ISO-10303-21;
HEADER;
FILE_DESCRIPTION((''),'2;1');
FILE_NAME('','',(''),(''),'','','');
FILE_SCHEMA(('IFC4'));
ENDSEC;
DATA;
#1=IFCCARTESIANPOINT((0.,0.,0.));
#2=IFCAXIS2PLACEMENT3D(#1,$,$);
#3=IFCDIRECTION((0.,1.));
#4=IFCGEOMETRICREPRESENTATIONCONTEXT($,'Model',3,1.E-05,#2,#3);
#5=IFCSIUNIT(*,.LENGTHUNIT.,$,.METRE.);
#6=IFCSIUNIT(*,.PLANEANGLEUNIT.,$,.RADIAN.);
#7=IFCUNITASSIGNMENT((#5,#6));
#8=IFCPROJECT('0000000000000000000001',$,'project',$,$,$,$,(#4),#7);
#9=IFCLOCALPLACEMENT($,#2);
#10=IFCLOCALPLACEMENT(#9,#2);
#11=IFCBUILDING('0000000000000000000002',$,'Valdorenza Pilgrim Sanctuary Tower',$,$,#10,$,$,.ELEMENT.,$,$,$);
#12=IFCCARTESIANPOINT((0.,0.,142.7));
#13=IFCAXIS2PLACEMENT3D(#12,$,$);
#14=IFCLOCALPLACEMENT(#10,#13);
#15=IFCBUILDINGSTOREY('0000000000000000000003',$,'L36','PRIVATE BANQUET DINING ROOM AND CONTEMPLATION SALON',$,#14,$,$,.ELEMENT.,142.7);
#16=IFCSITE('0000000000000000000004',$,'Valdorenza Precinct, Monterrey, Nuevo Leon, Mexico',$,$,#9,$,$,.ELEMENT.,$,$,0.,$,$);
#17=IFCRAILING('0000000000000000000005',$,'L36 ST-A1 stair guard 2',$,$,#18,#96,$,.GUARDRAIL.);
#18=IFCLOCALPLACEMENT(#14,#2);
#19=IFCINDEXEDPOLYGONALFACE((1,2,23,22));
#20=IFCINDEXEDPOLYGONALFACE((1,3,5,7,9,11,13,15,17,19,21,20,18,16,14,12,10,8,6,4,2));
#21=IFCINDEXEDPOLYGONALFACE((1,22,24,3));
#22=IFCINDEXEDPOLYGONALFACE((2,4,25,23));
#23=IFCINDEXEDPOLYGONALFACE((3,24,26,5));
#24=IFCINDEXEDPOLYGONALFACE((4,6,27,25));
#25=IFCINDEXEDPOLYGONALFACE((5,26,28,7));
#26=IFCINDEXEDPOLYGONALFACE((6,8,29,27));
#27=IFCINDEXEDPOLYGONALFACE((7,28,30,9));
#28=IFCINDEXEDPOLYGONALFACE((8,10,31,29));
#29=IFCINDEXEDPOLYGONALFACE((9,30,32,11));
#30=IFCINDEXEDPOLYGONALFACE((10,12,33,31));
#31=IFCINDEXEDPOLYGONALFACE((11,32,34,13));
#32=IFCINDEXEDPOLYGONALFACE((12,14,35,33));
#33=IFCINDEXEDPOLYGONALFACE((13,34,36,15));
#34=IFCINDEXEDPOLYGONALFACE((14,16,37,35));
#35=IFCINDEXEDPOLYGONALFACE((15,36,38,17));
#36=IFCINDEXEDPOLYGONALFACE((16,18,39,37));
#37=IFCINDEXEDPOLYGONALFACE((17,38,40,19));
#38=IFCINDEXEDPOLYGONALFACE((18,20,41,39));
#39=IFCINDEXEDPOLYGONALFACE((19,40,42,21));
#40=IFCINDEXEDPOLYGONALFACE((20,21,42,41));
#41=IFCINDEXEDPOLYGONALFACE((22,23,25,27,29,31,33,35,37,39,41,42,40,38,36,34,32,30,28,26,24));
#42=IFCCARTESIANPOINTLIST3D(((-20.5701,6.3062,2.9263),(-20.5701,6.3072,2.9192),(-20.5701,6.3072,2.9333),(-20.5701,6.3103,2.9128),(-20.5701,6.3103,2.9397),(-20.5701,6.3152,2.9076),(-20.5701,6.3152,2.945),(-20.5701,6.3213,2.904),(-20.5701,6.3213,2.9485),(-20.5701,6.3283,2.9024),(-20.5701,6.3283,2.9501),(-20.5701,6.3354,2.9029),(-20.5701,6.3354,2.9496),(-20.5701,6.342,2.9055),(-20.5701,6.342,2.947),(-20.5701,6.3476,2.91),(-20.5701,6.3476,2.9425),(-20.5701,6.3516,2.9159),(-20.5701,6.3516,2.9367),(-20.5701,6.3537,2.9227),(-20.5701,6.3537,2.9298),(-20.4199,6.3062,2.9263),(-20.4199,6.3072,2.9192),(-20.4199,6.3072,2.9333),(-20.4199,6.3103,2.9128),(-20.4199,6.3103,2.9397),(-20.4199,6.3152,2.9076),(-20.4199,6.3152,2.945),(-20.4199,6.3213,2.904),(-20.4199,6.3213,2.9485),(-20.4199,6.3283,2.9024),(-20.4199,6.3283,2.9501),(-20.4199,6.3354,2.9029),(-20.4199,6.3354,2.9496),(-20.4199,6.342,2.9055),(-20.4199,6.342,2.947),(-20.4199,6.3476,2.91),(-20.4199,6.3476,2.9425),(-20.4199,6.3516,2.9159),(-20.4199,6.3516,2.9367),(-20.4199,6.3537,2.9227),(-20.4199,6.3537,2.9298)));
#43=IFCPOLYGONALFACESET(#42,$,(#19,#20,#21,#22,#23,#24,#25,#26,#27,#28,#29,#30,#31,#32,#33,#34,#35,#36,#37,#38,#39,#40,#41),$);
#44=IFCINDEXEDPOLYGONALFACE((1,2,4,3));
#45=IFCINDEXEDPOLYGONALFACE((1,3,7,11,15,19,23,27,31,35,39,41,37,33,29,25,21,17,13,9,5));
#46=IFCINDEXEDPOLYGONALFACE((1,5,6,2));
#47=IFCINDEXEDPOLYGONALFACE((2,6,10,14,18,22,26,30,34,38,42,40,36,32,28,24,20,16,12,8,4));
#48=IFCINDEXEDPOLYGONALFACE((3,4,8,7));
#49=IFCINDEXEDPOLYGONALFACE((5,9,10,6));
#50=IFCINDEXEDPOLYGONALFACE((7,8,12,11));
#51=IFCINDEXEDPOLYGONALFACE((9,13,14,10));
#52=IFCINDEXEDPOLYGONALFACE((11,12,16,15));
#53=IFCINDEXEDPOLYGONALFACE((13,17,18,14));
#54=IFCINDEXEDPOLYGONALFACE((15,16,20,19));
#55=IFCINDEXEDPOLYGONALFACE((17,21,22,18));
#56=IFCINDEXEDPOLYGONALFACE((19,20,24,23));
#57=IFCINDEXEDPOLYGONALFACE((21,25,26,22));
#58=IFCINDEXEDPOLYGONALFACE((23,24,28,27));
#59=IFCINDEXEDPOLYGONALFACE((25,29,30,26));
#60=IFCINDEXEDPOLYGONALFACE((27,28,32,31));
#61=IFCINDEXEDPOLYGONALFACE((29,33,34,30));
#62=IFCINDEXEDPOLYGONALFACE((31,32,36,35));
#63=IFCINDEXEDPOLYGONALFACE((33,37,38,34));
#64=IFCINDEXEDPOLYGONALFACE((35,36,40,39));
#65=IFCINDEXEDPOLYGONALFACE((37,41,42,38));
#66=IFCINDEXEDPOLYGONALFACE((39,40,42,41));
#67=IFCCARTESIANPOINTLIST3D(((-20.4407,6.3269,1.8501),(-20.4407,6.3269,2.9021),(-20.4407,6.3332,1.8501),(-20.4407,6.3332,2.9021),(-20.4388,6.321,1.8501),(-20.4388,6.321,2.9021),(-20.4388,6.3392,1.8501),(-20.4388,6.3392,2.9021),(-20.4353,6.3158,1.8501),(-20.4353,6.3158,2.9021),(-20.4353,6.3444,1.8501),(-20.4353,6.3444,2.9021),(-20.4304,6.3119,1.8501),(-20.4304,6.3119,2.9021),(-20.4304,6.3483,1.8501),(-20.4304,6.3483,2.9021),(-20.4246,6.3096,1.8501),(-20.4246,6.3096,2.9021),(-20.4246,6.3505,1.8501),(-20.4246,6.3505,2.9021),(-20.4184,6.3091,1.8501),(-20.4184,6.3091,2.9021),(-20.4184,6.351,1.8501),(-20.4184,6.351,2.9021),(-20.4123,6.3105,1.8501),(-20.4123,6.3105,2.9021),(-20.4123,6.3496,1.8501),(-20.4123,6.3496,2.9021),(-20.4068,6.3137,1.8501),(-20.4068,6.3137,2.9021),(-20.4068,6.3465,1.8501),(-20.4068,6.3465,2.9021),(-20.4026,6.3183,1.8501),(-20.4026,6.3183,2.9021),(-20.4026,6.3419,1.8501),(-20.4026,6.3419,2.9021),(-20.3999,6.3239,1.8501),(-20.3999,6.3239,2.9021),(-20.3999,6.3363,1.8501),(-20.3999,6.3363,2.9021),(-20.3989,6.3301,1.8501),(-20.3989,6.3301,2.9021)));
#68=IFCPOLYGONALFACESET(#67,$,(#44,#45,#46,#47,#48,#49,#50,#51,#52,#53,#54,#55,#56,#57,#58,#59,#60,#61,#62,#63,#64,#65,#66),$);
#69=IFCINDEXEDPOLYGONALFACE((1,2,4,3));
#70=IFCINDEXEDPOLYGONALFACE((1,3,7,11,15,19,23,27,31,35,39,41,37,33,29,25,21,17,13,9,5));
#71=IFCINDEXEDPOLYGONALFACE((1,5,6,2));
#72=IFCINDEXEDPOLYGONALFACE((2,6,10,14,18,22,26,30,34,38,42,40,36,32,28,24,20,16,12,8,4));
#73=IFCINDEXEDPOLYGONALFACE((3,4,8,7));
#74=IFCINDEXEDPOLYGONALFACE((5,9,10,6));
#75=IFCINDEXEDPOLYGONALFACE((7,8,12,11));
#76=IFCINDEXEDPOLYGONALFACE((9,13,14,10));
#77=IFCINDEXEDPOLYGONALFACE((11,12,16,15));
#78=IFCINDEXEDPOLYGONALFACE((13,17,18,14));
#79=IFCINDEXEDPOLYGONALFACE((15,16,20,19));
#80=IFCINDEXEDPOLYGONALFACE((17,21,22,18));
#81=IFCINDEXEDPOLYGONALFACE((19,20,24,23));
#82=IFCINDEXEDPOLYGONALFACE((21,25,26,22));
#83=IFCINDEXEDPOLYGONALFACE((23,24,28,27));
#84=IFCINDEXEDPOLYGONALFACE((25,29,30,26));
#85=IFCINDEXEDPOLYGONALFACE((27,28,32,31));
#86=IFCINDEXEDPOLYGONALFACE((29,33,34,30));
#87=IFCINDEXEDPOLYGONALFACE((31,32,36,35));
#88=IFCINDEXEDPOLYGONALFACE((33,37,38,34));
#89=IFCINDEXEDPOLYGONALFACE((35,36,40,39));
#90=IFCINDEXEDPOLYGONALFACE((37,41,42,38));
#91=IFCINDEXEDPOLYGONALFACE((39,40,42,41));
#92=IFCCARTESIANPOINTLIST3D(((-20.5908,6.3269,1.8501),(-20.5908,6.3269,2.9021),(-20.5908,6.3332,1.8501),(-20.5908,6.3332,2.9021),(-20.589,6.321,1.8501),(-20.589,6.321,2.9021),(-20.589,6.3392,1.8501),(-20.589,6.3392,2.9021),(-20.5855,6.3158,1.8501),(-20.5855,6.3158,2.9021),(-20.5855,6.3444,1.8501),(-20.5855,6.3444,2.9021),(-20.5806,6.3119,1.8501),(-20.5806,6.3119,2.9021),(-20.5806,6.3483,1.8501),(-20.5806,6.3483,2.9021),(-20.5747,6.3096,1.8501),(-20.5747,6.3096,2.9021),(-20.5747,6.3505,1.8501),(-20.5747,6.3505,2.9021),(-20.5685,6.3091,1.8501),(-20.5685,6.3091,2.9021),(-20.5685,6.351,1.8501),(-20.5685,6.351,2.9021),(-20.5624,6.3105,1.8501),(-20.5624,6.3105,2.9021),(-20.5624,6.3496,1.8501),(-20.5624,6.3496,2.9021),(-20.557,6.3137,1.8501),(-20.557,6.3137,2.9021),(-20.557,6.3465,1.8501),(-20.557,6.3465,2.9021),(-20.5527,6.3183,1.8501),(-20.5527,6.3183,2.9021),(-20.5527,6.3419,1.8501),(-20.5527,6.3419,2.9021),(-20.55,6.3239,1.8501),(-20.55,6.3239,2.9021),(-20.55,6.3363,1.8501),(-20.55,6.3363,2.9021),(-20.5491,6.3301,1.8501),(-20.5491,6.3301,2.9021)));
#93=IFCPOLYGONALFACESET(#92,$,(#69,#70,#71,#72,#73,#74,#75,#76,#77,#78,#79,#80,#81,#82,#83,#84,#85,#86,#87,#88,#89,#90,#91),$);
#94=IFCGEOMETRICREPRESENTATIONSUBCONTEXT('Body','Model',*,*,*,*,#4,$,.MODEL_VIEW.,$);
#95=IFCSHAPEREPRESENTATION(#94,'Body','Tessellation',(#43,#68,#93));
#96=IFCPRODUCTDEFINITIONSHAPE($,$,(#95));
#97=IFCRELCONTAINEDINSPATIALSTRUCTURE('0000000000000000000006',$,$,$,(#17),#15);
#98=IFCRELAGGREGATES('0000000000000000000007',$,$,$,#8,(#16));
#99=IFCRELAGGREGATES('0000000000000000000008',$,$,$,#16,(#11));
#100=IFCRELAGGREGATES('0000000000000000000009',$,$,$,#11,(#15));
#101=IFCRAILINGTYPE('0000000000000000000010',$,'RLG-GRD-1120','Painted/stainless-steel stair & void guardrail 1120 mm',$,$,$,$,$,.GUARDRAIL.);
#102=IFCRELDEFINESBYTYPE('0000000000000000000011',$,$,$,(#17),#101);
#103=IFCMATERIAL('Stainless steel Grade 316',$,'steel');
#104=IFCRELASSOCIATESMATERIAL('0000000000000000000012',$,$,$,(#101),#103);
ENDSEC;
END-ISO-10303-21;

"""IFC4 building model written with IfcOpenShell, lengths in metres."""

from ifc_helpers import new_model, si_unit, direction, frame, origin, origin_2d, place, context, subcontext, project, spatial, circle, extrude, material, type_object, element, save


model = new_model("IFC4")

# Units and contexts
model_context = context("Model", 3, precision=1e-05, world=origin(), true_north=direction((0.0, 1.0)))
body_context = subcontext(model_context, "Body", "Model", "MODEL_VIEW")
ifc_project = project(units=[si_unit("LENGTHUNIT", "METRE"), si_unit("PLANEANGLEUNIT", "RADIAN")], contexts=[model_context])

# Site, building, storey
site_placement = place(None, origin())
site = spatial("IfcSite", under=ifc_project, at=site_placement, Name="Valdorenza Precinct, Monterrey, Nuevo Leon, Mexico", CompositionType="ELEMENT", RefElevation=0.0)
building_placement = place(site_placement, origin())
building = spatial("IfcBuilding", under=site, at=building_placement, Name="Valdorenza Pilgrim Sanctuary Tower", CompositionType="ELEMENT")
storey_placement = place(building_placement, frame((0.0, 0.0, 142.7)))
storey = spatial("IfcBuildingStorey", under=building, at=storey_placement, Name="L36", Description="PRIVATE BANQUET DINING ROOM AND CONTEMPLATION SALON", CompositionType="ELEMENT", Elevation=142.7)

# Railing
ifc_material_1 = material(Name="Stainless steel Grade 316", Category="steel")
railing_type_1 = type_object("IfcRailingType", Name="RLG-GRD-1120", Description="Painted/stainless-steel stair & void guardrail 1120 mm", PredefinedType="GUARDRAIL", material=ifc_material_1)
railing_1_placement = place(storey_placement, frame((-20.4199, 6.3301, 1.8501)))
element("IfcRailing", 1, at=railing_1_placement, inside=storey, type_object=railing_type_1, Name="L36 ST-A1 stair guard 2", PredefinedType="GUARDRAIL", context=body_context, shape_type="SweptSolid", body=[
    extrude(circle(Radius=0.0239, at=origin_2d()), frame((0.0, 0.0, 1.0762), z_axis=(-1.0, 0.0, 0.0), x_axis=(0.0, -1.0, 0.0)), (0.0, 0.0, 1.0), 0.1501),
    extrude(circle(Radius=0.021, at=origin_2d()), origin(), (0.0, 0.0, 1.0), 1.052),
    extrude(circle(Radius=0.021, at=origin_2d()), frame((-0.1501, 0.0, 0.0)), (0.0, 0.0, 1.0), 1.052),
])

save(model, "model.ifc")
